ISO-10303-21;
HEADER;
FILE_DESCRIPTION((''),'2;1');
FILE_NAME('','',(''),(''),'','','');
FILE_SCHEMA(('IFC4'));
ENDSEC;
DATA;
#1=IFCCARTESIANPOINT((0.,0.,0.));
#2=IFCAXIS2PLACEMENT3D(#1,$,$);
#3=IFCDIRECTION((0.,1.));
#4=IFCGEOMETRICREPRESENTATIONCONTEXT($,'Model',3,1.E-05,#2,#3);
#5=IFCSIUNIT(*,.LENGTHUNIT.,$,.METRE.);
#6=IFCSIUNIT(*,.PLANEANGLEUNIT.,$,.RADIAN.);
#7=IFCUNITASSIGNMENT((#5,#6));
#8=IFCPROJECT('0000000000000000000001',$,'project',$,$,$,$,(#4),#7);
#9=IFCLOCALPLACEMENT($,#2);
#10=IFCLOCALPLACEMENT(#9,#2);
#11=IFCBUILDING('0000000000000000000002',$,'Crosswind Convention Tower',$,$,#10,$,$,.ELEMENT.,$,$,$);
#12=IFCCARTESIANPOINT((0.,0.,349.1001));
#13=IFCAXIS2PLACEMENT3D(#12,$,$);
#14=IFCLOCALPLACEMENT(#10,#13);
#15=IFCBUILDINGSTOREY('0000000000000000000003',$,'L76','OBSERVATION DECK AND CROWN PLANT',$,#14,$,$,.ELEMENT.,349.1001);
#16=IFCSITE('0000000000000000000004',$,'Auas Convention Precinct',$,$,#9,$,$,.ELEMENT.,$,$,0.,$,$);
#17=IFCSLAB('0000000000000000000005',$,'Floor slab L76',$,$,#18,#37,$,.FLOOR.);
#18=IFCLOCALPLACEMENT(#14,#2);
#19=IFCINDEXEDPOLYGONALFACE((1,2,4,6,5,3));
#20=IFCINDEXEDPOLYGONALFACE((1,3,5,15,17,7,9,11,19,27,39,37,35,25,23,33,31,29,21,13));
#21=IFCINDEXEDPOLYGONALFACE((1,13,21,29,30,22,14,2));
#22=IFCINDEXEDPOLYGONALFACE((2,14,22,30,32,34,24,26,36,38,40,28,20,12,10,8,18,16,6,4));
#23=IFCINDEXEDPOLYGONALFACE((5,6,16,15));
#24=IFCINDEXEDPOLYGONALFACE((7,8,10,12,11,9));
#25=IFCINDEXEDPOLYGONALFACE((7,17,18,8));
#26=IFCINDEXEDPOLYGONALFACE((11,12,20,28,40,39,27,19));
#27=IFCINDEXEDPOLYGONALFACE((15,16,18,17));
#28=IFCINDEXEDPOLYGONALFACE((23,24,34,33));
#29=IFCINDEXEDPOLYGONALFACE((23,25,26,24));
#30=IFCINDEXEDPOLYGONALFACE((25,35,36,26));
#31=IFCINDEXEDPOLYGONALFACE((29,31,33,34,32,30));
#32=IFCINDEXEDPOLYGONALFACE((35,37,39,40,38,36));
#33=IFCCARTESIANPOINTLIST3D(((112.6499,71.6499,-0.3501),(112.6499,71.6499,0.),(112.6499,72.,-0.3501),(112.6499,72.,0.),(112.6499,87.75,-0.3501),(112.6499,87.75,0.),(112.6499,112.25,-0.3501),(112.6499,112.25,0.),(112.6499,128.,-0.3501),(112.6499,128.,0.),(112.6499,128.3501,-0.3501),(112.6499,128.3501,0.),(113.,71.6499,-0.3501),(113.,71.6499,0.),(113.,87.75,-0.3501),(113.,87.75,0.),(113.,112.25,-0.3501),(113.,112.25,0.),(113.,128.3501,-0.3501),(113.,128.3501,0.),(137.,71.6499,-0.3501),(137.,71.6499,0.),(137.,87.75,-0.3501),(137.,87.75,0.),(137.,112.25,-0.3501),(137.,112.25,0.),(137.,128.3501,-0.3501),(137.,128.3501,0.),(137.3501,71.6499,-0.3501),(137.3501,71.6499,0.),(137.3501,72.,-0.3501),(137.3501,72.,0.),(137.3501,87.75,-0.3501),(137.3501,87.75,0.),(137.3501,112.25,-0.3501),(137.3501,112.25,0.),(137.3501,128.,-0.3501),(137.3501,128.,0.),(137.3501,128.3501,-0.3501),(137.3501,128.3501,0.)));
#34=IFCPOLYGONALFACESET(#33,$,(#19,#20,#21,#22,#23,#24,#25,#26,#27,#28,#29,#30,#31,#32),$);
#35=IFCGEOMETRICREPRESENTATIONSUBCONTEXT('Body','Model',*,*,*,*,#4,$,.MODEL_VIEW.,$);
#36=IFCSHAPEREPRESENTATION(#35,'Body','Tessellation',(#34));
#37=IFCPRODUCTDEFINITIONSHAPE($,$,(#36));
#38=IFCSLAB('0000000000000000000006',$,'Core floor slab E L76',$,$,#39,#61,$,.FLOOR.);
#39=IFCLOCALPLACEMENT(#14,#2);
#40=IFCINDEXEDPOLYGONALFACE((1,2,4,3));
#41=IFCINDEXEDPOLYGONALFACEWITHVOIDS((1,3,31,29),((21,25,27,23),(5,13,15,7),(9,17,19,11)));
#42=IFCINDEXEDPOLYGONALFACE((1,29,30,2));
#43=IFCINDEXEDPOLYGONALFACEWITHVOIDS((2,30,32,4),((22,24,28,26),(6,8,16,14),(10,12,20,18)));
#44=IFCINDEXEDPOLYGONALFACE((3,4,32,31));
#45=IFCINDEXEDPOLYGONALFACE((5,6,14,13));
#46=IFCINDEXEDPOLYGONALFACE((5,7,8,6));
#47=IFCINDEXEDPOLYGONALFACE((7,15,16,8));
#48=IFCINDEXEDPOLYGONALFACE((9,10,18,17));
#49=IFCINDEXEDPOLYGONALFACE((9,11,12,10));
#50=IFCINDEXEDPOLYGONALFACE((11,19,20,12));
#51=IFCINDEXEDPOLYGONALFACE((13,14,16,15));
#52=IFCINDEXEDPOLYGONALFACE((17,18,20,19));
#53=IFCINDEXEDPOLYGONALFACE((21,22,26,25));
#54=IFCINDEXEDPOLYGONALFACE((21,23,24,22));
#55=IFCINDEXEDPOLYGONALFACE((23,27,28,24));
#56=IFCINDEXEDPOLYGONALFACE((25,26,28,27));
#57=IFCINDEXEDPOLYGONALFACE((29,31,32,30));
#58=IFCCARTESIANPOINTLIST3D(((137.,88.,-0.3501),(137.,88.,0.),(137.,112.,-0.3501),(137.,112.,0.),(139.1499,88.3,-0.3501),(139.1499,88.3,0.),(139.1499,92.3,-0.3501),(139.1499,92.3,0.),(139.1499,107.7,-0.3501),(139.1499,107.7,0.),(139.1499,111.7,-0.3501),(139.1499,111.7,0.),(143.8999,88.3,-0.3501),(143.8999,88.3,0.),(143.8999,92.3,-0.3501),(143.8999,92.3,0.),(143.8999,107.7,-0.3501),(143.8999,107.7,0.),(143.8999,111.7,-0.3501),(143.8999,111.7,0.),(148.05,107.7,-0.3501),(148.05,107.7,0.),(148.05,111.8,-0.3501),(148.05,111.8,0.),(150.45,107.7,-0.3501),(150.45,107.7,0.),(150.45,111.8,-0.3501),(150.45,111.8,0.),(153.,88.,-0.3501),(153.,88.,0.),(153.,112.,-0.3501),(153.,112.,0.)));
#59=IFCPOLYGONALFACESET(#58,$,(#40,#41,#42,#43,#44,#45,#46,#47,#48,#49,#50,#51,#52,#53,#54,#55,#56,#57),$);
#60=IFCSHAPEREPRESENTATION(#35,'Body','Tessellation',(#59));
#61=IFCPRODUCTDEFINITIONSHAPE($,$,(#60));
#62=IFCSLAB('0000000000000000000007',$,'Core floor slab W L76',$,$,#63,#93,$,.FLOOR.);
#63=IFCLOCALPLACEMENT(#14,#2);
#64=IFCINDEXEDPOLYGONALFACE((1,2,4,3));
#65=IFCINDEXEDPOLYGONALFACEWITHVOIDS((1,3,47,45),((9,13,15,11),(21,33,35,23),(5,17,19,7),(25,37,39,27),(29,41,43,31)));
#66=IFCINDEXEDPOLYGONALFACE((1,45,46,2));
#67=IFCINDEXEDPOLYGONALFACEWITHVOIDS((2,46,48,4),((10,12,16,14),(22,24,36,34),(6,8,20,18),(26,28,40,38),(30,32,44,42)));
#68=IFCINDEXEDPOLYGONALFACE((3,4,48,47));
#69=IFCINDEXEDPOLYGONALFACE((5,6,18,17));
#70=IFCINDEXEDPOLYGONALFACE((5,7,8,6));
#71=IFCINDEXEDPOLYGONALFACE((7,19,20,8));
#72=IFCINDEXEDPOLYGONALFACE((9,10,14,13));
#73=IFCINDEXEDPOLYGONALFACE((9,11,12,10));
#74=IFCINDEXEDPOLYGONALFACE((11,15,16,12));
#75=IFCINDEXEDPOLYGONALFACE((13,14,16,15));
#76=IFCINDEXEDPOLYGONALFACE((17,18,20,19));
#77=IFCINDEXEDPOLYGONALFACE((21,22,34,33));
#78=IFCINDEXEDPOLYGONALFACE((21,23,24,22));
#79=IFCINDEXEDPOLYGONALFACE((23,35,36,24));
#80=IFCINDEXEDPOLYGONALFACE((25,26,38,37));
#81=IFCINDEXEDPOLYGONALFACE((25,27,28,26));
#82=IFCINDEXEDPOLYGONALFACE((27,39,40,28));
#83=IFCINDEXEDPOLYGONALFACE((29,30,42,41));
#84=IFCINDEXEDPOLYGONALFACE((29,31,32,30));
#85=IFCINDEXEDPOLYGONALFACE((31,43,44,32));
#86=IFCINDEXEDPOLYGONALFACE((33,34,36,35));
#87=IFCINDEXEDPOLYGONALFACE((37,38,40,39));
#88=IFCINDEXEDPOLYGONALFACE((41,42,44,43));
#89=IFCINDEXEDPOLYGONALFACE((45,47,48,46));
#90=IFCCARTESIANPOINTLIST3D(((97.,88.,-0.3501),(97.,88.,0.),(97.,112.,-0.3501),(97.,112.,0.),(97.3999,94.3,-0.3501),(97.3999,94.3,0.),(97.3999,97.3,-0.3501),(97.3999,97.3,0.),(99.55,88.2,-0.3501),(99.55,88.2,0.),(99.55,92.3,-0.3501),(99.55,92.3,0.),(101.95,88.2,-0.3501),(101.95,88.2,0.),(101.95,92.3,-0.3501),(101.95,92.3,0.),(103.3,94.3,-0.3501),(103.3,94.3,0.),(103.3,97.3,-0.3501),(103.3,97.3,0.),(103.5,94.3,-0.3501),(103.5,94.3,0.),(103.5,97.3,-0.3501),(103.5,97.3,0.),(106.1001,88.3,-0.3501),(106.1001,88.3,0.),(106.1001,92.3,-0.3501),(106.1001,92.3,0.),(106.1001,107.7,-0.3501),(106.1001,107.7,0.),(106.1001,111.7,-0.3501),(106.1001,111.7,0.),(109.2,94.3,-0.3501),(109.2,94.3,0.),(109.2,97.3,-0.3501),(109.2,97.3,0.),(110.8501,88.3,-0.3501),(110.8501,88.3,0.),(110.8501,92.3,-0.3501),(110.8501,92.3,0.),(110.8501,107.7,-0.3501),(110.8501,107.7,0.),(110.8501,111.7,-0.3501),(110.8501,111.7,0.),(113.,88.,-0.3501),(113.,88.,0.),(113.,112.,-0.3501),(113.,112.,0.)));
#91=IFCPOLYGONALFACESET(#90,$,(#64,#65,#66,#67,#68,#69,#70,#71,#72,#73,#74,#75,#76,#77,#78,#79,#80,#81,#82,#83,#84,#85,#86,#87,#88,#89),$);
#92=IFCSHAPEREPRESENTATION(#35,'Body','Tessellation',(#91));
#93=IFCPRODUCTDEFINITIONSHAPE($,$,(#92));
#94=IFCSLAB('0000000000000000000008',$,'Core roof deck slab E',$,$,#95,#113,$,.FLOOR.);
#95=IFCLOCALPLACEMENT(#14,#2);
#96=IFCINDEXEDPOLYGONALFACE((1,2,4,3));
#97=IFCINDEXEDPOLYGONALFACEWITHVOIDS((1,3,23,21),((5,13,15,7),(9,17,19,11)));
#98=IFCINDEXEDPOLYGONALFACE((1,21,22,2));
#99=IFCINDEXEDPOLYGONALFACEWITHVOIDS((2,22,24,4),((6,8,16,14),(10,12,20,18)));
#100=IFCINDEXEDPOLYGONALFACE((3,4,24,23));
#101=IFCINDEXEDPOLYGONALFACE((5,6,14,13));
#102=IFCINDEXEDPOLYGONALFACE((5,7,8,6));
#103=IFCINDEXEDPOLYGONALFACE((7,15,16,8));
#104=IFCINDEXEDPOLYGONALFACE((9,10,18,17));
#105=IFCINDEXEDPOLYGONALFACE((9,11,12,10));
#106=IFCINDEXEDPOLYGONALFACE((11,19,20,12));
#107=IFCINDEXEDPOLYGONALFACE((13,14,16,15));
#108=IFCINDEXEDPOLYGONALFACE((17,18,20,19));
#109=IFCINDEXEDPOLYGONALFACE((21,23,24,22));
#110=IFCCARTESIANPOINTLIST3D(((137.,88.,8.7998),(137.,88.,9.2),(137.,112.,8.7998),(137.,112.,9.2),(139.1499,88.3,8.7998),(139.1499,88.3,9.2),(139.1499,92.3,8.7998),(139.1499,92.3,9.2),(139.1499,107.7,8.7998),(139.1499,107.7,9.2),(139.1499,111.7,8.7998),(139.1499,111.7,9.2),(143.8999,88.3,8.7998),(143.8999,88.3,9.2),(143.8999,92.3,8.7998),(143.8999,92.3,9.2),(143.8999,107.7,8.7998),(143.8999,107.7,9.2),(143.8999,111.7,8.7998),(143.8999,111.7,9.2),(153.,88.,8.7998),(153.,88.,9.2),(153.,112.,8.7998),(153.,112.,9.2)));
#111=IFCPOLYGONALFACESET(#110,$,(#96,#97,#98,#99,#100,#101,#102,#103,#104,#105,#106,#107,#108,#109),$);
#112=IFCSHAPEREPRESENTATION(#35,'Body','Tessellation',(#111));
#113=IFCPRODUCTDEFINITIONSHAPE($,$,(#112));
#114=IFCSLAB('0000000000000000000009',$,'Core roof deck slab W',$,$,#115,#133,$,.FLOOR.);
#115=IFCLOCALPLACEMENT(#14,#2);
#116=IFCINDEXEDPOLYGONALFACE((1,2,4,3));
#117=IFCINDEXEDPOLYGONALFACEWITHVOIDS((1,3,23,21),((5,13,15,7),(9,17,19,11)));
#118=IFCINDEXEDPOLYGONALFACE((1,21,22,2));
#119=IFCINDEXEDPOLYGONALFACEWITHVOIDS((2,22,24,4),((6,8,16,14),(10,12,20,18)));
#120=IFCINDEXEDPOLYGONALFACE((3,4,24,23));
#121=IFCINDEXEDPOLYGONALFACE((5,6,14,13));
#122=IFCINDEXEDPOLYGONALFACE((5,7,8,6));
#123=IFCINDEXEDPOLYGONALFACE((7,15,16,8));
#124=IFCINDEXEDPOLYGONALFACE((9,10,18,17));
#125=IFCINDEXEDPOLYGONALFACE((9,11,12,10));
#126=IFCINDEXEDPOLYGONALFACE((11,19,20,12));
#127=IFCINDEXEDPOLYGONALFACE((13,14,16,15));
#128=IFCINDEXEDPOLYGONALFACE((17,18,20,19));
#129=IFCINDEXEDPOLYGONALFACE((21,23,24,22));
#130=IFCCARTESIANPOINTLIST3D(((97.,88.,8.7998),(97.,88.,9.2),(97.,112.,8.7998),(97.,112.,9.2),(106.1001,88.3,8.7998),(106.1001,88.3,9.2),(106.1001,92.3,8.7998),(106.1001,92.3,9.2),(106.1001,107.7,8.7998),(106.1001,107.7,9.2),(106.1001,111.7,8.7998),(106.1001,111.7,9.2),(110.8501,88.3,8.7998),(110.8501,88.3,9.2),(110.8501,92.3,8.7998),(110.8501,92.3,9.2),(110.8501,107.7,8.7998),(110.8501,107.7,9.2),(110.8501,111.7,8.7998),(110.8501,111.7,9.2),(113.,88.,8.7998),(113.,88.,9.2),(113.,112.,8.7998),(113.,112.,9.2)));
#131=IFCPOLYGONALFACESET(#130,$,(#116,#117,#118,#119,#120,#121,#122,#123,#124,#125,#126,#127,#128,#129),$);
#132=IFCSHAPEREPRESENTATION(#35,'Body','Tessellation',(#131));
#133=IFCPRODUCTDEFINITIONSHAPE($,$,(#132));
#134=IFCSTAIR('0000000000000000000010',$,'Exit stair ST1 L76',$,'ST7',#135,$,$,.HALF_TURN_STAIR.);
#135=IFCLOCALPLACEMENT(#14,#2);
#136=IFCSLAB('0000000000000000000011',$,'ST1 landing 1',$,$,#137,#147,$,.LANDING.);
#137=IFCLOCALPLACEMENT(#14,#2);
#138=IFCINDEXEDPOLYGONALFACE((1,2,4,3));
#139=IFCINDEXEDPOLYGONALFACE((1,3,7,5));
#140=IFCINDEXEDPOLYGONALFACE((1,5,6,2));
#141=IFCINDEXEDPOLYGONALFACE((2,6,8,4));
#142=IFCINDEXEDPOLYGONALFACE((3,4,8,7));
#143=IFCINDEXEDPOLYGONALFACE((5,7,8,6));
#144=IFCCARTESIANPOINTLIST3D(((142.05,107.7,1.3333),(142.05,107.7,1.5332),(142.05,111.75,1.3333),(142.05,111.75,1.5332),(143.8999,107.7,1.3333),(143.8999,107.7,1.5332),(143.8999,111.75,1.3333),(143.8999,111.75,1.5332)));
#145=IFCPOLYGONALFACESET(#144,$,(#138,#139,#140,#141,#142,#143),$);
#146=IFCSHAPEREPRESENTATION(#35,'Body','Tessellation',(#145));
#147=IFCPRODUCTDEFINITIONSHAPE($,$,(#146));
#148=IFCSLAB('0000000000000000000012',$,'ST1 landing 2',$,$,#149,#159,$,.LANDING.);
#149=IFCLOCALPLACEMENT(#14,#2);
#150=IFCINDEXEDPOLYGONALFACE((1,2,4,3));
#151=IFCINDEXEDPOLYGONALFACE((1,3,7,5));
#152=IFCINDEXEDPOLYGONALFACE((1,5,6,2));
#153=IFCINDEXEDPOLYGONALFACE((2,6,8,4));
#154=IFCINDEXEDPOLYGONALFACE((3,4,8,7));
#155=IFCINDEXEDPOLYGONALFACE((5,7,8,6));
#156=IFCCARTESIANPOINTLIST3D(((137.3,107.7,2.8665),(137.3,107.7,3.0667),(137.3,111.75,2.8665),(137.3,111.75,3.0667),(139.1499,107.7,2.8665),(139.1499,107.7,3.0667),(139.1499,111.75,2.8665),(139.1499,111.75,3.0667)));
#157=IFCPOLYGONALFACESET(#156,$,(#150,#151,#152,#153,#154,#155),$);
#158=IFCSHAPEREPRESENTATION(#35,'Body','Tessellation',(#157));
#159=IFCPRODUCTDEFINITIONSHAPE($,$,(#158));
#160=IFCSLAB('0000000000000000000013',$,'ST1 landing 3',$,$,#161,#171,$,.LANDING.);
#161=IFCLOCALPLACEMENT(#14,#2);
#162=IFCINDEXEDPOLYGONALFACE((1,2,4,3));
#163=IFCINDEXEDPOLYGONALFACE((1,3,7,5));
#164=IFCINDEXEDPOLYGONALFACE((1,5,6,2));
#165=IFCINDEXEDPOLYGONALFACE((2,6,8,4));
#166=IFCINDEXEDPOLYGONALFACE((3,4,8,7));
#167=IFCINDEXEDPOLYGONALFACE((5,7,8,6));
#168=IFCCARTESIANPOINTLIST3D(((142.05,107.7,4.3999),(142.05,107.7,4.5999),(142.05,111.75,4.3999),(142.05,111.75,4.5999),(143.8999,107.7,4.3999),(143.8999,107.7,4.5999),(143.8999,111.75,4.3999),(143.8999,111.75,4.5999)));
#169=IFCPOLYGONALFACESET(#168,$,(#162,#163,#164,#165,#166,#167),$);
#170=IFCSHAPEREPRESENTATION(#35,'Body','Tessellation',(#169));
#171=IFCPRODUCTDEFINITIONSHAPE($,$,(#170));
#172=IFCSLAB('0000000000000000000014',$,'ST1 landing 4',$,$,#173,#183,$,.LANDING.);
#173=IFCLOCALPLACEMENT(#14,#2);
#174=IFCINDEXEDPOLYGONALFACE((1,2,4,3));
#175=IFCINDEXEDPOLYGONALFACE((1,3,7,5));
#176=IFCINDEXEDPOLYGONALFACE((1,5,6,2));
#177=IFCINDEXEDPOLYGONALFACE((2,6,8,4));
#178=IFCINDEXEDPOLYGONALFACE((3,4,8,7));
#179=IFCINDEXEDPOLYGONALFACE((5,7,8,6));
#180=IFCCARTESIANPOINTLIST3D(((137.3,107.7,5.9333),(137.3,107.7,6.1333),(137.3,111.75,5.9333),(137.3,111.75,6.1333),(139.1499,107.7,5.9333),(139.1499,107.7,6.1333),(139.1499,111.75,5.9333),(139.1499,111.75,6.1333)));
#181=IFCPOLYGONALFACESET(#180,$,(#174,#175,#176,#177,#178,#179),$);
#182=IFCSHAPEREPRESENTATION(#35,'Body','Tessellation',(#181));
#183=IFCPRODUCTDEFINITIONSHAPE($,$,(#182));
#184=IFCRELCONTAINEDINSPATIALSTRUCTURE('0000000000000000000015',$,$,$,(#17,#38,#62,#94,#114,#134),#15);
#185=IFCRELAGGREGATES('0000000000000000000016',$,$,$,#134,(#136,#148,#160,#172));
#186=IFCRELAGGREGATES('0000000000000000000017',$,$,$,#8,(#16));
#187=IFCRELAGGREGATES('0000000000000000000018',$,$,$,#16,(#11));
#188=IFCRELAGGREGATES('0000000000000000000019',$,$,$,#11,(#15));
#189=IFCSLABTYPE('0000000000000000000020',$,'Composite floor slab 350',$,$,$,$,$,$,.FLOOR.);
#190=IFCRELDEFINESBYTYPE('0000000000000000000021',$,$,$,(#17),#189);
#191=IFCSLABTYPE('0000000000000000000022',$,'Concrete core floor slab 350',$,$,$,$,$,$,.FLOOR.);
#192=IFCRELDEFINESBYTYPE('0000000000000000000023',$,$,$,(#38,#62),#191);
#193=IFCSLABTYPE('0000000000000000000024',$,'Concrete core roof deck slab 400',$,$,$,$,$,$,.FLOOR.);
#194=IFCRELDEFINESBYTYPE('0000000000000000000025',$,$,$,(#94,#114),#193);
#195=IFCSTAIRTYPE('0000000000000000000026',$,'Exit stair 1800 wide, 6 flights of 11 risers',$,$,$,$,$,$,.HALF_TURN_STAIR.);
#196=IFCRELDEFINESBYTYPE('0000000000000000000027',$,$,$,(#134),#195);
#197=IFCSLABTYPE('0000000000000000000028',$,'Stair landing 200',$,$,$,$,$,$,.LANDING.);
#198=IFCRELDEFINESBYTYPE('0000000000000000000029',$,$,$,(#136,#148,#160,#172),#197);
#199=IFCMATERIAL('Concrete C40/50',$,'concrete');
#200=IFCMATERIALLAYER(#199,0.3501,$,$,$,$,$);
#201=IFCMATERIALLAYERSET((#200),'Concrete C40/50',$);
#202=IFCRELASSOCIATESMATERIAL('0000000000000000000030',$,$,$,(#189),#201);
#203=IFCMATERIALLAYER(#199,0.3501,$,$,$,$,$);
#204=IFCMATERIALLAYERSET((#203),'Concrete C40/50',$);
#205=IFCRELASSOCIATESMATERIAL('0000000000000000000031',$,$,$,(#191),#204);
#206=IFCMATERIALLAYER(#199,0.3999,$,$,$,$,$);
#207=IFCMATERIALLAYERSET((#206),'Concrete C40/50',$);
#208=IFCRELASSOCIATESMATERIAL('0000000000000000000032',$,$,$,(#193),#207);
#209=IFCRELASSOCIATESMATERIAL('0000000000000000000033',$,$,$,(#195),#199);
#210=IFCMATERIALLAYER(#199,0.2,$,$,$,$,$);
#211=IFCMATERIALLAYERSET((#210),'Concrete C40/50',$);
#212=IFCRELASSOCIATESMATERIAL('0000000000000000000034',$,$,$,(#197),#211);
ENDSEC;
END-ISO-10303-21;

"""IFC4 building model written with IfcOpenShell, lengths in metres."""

from ifc_helpers import new_model, si_unit, direction, frame, origin, place, context, subcontext, project, spatial, polyline, outline, extrude, material, layer, layer_set, type_object, element, aggregate, save


model = new_model("IFC4")

# Units and contexts
model_context = context("Model", 3, precision=1e-05, world=origin(), true_north=direction((0.0, 1.0)))
body_context = subcontext(model_context, "Body", "Model", "MODEL_VIEW")
ifc_project = project(units=[si_unit("LENGTHUNIT", "METRE"), si_unit("PLANEANGLEUNIT", "RADIAN")], contexts=[model_context])

# Site, building, storey
site_placement = place(None, origin())
site = spatial("IfcSite", under=ifc_project, at=site_placement, Name="Auas Convention Precinct", CompositionType="ELEMENT", RefElevation=0.0)
building_placement = place(site_placement, origin())
building = spatial("IfcBuilding", under=site, at=building_placement, Name="Crosswind Convention Tower", CompositionType="ELEMENT")
storey_placement = place(building_placement, frame((0.0, 0.0, 349.1001)))
storey = spatial("IfcBuildingStorey", under=building, at=storey_placement, Name="L76", Description="OBSERVATION DECK AND CROWN PLANT", CompositionType="ELEMENT", Elevation=349.1001)

# Slabs
ifc_material = material(Name="Concrete C40/50", Category="concrete")
ifc_layer_1 = layer(ifc_material, 0.3501)
ifc_layer_set_1 = layer_set([ifc_layer_1], Name="Concrete C40/50")
slab_type_1 = type_object("IfcSlabType", Name="Composite floor slab 350", PredefinedType="FLOOR", material=ifc_layer_set_1)
slab_1_placement = place(storey_placement, frame((0.0, 0.0, -0.3501)))
element("IfcSlab", 1, at=slab_1_placement, inside=storey, type_object=slab_type_1, Name="Floor slab L76", PredefinedType="FLOOR", context=body_context, shape_type="SweptSolid", body=[
    extrude(outline(polyline([(137.3501, 71.6499), (137.0, 71.6499), (113.0, 71.6499), (112.6499, 71.6499), (112.6499, 72.0), (112.6499, 87.75), (113.0, 87.75), (113.0, 112.25), (112.6499, 112.25), (112.6499, 128.0), (112.6499, 128.3501), (113.0, 128.3501), (137.0, 128.3501), (137.3501, 128.3501), (137.3501, 128.0), (137.3501, 112.25), (137.0, 112.25), (137.0, 87.75), (137.3501, 87.75), (137.3501, 72.0), (137.3501, 71.6499)])), origin(), (0.0, 0.0, 1.0), 0.3501),
])
ifc_layer_2 = layer(ifc_material, 0.3501)
ifc_layer_set_2 = layer_set([ifc_layer_2], Name="Concrete C40/50")
slab_type_2 = type_object("IfcSlabType", Name="Concrete core floor slab 350", PredefinedType="FLOOR", material=ifc_layer_set_2)
slab_2_placement = place(storey_placement, frame((0.0, 0.0, -0.3501)))
element("IfcSlab", 2, at=slab_2_placement, inside=storey, type_object=slab_type_2, Name="Core floor slab E L76", PredefinedType="FLOOR", context=body_context, shape_type="SweptSolid", body=[
    extrude(outline(polyline([(137.0, 88.0), (153.0, 88.0), (153.0, 112.0), (137.0, 112.0), (137.0, 88.0)]), holes=[polyline([(150.45, 107.7), (150.45, 111.8), (148.05, 111.8), (148.05, 107.7), (150.45, 107.7)]), polyline([(143.8999, 107.7), (143.8999, 111.7), (139.1499, 111.7), (139.1499, 107.7), (143.8999, 107.7)]), polyline([(143.8999, 88.3), (143.8999, 92.3), (139.1499, 92.3), (139.1499, 88.3), (143.8999, 88.3)])]), origin(), (0.0, 0.0, 1.0), 0.3501),
])
slab_3_placement = place(storey_placement, frame((0.0, 0.0, -0.3501)))
element("IfcSlab", 3, at=slab_3_placement, inside=storey, type_object=slab_type_2, Name="Core floor slab W L76", PredefinedType="FLOOR", context=body_context, shape_type="SweptSolid", body=[
    extrude(outline(polyline([(97.0, 88.0), (113.0, 88.0), (113.0, 112.0), (97.0, 112.0), (97.0, 88.0)]), holes=[polyline([(109.2, 94.3), (109.2, 97.3), (103.5, 97.3), (103.5, 94.3), (109.2, 94.3)]), polyline([(103.3, 94.3), (103.3, 97.3), (97.3999, 97.3), (97.3999, 94.3), (103.3, 94.3)]), polyline([(101.95, 88.2), (101.95, 92.3), (99.55, 92.3), (99.55, 88.2), (101.95, 88.2)]), polyline([(110.8501, 88.3), (110.8501, 92.3), (106.1001, 92.3), (106.1001, 88.3), (110.8501, 88.3)]), polyline([(110.8501, 107.7), (110.8501, 111.7), (106.1001, 111.7), (106.1001, 107.7), (110.8501, 107.7)])]), origin(), (0.0, 0.0, 1.0), 0.3501),
])
ifc_layer_3 = layer(ifc_material, 0.3999)
ifc_layer_set_3 = layer_set([ifc_layer_3], Name="Concrete C40/50")
slab_type_3 = type_object("IfcSlabType", Name="Concrete core roof deck slab 400", PredefinedType="FLOOR", material=ifc_layer_set_3)
slab_4_placement = place(storey_placement, frame((0.0, 0.0, 8.7998)))
element("IfcSlab", 4, at=slab_4_placement, inside=storey, type_object=slab_type_3, Name="Core roof deck slab E", PredefinedType="FLOOR", context=body_context, shape_type="SweptSolid", body=[
    extrude(outline(polyline([(137.0, 88.0), (153.0, 88.0), (153.0, 112.0), (137.0, 112.0), (137.0, 88.0)]), holes=[polyline([(143.8999, 107.7), (143.8999, 111.7), (139.1499, 111.7), (139.1499, 107.7), (143.8999, 107.7)]), polyline([(143.8999, 88.3), (143.8999, 92.3), (139.1499, 92.3), (139.1499, 88.3), (143.8999, 88.3)])]), origin(), (0.0, 0.0, 1.0), 0.4001),
])
slab_5_placement = place(storey_placement, frame((0.0, 0.0, 8.7998)))
element("IfcSlab", 5, at=slab_5_placement, inside=storey, type_object=slab_type_3, Name="Core roof deck slab W", PredefinedType="FLOOR", context=body_context, shape_type="SweptSolid", body=[
    extrude(outline(polyline([(97.0, 88.0), (113.0, 88.0), (113.0, 112.0), (97.0, 112.0), (97.0, 88.0)]), holes=[polyline([(110.8501, 88.3), (110.8501, 92.3), (106.1001, 92.3), (106.1001, 88.3), (110.8501, 88.3)]), polyline([(110.8501, 107.7), (110.8501, 111.7), (106.1001, 111.7), (106.1001, 107.7), (110.8501, 107.7)])]), origin(), (0.0, 0.0, 1.0), 0.4001),
])

# Stair, slabs
stair_type = type_object("IfcStairType", Name="Exit stair 1800 wide, 6 flights of 11 risers", PredefinedType="HALF_TURN_STAIR", material=ifc_material)
stair_1_placement = place(storey_placement, origin())
stair_1 = element("IfcStair", 6, at=stair_1_placement, inside=storey, type_object=stair_type, Name="Exit stair ST1 L76", ObjectType="ST7", PredefinedType="HALF_TURN_STAIR")
ifc_layer_4 = layer(ifc_material, 0.2)
ifc_layer_set_4 = layer_set([ifc_layer_4], Name="Concrete C40/50")
slab_type_4 = type_object("IfcSlabType", Name="Stair landing 200", PredefinedType="LANDING", material=ifc_layer_set_4)
slab_6_placement = place(storey_placement, frame((0.0, 0.0, 1.3333)))
slab_6 = element("IfcSlab", 7, at=slab_6_placement, type_object=slab_type_4, Name="ST1 landing 1", PredefinedType="LANDING", context=body_context, shape_type="SweptSolid", body=[
    extrude(outline(polyline([(143.8999, 107.7), (143.8999, 111.75), (142.05, 111.75), (142.05, 107.7), (143.8999, 107.7)])), origin(), (0.0, 0.0, 1.0), 0.2),
])
slab_7_placement = place(storey_placement, frame((0.0, 0.0, 2.8665)))
slab_7 = element("IfcSlab", 8, at=slab_7_placement, type_object=slab_type_4, Name="ST1 landing 2", PredefinedType="LANDING", context=body_context, shape_type="SweptSolid", body=[
    extrude(outline(polyline([(139.1499, 107.7), (139.1499, 111.75), (137.3, 111.75), (137.3, 107.7), (139.1499, 107.7)])), origin(), (0.0, 0.0, 1.0), 0.2002),
])
slab_8_placement = place(storey_placement, frame((0.0, 0.0, 4.3999)))
slab_8 = element("IfcSlab", 9, at=slab_8_placement, type_object=slab_type_4, Name="ST1 landing 3", PredefinedType="LANDING", context=body_context, shape_type="SweptSolid", body=[
    extrude(outline(polyline([(143.8999, 107.7), (143.8999, 111.75), (142.05, 111.75), (142.05, 107.7), (143.8999, 107.7)])), origin(), (0.0, 0.0, 1.0), 0.2),
])
slab_9_placement = place(storey_placement, frame((0.0, 0.0, 5.9333)))
slab_9 = element("IfcSlab", 10, at=slab_9_placement, type_object=slab_type_4, Name="ST1 landing 4", PredefinedType="LANDING", context=body_context, shape_type="SweptSolid", body=[
    extrude(outline(polyline([(139.1499, 107.7), (139.1499, 111.75), (137.3, 111.75), (137.3, 107.7), (139.1499, 107.7)])), origin(), (0.0, 0.0, 1.0), 0.2),
])
aggregate(stair_1, [slab_6, slab_7, slab_8, slab_9])

save(model, "model.ifc")
